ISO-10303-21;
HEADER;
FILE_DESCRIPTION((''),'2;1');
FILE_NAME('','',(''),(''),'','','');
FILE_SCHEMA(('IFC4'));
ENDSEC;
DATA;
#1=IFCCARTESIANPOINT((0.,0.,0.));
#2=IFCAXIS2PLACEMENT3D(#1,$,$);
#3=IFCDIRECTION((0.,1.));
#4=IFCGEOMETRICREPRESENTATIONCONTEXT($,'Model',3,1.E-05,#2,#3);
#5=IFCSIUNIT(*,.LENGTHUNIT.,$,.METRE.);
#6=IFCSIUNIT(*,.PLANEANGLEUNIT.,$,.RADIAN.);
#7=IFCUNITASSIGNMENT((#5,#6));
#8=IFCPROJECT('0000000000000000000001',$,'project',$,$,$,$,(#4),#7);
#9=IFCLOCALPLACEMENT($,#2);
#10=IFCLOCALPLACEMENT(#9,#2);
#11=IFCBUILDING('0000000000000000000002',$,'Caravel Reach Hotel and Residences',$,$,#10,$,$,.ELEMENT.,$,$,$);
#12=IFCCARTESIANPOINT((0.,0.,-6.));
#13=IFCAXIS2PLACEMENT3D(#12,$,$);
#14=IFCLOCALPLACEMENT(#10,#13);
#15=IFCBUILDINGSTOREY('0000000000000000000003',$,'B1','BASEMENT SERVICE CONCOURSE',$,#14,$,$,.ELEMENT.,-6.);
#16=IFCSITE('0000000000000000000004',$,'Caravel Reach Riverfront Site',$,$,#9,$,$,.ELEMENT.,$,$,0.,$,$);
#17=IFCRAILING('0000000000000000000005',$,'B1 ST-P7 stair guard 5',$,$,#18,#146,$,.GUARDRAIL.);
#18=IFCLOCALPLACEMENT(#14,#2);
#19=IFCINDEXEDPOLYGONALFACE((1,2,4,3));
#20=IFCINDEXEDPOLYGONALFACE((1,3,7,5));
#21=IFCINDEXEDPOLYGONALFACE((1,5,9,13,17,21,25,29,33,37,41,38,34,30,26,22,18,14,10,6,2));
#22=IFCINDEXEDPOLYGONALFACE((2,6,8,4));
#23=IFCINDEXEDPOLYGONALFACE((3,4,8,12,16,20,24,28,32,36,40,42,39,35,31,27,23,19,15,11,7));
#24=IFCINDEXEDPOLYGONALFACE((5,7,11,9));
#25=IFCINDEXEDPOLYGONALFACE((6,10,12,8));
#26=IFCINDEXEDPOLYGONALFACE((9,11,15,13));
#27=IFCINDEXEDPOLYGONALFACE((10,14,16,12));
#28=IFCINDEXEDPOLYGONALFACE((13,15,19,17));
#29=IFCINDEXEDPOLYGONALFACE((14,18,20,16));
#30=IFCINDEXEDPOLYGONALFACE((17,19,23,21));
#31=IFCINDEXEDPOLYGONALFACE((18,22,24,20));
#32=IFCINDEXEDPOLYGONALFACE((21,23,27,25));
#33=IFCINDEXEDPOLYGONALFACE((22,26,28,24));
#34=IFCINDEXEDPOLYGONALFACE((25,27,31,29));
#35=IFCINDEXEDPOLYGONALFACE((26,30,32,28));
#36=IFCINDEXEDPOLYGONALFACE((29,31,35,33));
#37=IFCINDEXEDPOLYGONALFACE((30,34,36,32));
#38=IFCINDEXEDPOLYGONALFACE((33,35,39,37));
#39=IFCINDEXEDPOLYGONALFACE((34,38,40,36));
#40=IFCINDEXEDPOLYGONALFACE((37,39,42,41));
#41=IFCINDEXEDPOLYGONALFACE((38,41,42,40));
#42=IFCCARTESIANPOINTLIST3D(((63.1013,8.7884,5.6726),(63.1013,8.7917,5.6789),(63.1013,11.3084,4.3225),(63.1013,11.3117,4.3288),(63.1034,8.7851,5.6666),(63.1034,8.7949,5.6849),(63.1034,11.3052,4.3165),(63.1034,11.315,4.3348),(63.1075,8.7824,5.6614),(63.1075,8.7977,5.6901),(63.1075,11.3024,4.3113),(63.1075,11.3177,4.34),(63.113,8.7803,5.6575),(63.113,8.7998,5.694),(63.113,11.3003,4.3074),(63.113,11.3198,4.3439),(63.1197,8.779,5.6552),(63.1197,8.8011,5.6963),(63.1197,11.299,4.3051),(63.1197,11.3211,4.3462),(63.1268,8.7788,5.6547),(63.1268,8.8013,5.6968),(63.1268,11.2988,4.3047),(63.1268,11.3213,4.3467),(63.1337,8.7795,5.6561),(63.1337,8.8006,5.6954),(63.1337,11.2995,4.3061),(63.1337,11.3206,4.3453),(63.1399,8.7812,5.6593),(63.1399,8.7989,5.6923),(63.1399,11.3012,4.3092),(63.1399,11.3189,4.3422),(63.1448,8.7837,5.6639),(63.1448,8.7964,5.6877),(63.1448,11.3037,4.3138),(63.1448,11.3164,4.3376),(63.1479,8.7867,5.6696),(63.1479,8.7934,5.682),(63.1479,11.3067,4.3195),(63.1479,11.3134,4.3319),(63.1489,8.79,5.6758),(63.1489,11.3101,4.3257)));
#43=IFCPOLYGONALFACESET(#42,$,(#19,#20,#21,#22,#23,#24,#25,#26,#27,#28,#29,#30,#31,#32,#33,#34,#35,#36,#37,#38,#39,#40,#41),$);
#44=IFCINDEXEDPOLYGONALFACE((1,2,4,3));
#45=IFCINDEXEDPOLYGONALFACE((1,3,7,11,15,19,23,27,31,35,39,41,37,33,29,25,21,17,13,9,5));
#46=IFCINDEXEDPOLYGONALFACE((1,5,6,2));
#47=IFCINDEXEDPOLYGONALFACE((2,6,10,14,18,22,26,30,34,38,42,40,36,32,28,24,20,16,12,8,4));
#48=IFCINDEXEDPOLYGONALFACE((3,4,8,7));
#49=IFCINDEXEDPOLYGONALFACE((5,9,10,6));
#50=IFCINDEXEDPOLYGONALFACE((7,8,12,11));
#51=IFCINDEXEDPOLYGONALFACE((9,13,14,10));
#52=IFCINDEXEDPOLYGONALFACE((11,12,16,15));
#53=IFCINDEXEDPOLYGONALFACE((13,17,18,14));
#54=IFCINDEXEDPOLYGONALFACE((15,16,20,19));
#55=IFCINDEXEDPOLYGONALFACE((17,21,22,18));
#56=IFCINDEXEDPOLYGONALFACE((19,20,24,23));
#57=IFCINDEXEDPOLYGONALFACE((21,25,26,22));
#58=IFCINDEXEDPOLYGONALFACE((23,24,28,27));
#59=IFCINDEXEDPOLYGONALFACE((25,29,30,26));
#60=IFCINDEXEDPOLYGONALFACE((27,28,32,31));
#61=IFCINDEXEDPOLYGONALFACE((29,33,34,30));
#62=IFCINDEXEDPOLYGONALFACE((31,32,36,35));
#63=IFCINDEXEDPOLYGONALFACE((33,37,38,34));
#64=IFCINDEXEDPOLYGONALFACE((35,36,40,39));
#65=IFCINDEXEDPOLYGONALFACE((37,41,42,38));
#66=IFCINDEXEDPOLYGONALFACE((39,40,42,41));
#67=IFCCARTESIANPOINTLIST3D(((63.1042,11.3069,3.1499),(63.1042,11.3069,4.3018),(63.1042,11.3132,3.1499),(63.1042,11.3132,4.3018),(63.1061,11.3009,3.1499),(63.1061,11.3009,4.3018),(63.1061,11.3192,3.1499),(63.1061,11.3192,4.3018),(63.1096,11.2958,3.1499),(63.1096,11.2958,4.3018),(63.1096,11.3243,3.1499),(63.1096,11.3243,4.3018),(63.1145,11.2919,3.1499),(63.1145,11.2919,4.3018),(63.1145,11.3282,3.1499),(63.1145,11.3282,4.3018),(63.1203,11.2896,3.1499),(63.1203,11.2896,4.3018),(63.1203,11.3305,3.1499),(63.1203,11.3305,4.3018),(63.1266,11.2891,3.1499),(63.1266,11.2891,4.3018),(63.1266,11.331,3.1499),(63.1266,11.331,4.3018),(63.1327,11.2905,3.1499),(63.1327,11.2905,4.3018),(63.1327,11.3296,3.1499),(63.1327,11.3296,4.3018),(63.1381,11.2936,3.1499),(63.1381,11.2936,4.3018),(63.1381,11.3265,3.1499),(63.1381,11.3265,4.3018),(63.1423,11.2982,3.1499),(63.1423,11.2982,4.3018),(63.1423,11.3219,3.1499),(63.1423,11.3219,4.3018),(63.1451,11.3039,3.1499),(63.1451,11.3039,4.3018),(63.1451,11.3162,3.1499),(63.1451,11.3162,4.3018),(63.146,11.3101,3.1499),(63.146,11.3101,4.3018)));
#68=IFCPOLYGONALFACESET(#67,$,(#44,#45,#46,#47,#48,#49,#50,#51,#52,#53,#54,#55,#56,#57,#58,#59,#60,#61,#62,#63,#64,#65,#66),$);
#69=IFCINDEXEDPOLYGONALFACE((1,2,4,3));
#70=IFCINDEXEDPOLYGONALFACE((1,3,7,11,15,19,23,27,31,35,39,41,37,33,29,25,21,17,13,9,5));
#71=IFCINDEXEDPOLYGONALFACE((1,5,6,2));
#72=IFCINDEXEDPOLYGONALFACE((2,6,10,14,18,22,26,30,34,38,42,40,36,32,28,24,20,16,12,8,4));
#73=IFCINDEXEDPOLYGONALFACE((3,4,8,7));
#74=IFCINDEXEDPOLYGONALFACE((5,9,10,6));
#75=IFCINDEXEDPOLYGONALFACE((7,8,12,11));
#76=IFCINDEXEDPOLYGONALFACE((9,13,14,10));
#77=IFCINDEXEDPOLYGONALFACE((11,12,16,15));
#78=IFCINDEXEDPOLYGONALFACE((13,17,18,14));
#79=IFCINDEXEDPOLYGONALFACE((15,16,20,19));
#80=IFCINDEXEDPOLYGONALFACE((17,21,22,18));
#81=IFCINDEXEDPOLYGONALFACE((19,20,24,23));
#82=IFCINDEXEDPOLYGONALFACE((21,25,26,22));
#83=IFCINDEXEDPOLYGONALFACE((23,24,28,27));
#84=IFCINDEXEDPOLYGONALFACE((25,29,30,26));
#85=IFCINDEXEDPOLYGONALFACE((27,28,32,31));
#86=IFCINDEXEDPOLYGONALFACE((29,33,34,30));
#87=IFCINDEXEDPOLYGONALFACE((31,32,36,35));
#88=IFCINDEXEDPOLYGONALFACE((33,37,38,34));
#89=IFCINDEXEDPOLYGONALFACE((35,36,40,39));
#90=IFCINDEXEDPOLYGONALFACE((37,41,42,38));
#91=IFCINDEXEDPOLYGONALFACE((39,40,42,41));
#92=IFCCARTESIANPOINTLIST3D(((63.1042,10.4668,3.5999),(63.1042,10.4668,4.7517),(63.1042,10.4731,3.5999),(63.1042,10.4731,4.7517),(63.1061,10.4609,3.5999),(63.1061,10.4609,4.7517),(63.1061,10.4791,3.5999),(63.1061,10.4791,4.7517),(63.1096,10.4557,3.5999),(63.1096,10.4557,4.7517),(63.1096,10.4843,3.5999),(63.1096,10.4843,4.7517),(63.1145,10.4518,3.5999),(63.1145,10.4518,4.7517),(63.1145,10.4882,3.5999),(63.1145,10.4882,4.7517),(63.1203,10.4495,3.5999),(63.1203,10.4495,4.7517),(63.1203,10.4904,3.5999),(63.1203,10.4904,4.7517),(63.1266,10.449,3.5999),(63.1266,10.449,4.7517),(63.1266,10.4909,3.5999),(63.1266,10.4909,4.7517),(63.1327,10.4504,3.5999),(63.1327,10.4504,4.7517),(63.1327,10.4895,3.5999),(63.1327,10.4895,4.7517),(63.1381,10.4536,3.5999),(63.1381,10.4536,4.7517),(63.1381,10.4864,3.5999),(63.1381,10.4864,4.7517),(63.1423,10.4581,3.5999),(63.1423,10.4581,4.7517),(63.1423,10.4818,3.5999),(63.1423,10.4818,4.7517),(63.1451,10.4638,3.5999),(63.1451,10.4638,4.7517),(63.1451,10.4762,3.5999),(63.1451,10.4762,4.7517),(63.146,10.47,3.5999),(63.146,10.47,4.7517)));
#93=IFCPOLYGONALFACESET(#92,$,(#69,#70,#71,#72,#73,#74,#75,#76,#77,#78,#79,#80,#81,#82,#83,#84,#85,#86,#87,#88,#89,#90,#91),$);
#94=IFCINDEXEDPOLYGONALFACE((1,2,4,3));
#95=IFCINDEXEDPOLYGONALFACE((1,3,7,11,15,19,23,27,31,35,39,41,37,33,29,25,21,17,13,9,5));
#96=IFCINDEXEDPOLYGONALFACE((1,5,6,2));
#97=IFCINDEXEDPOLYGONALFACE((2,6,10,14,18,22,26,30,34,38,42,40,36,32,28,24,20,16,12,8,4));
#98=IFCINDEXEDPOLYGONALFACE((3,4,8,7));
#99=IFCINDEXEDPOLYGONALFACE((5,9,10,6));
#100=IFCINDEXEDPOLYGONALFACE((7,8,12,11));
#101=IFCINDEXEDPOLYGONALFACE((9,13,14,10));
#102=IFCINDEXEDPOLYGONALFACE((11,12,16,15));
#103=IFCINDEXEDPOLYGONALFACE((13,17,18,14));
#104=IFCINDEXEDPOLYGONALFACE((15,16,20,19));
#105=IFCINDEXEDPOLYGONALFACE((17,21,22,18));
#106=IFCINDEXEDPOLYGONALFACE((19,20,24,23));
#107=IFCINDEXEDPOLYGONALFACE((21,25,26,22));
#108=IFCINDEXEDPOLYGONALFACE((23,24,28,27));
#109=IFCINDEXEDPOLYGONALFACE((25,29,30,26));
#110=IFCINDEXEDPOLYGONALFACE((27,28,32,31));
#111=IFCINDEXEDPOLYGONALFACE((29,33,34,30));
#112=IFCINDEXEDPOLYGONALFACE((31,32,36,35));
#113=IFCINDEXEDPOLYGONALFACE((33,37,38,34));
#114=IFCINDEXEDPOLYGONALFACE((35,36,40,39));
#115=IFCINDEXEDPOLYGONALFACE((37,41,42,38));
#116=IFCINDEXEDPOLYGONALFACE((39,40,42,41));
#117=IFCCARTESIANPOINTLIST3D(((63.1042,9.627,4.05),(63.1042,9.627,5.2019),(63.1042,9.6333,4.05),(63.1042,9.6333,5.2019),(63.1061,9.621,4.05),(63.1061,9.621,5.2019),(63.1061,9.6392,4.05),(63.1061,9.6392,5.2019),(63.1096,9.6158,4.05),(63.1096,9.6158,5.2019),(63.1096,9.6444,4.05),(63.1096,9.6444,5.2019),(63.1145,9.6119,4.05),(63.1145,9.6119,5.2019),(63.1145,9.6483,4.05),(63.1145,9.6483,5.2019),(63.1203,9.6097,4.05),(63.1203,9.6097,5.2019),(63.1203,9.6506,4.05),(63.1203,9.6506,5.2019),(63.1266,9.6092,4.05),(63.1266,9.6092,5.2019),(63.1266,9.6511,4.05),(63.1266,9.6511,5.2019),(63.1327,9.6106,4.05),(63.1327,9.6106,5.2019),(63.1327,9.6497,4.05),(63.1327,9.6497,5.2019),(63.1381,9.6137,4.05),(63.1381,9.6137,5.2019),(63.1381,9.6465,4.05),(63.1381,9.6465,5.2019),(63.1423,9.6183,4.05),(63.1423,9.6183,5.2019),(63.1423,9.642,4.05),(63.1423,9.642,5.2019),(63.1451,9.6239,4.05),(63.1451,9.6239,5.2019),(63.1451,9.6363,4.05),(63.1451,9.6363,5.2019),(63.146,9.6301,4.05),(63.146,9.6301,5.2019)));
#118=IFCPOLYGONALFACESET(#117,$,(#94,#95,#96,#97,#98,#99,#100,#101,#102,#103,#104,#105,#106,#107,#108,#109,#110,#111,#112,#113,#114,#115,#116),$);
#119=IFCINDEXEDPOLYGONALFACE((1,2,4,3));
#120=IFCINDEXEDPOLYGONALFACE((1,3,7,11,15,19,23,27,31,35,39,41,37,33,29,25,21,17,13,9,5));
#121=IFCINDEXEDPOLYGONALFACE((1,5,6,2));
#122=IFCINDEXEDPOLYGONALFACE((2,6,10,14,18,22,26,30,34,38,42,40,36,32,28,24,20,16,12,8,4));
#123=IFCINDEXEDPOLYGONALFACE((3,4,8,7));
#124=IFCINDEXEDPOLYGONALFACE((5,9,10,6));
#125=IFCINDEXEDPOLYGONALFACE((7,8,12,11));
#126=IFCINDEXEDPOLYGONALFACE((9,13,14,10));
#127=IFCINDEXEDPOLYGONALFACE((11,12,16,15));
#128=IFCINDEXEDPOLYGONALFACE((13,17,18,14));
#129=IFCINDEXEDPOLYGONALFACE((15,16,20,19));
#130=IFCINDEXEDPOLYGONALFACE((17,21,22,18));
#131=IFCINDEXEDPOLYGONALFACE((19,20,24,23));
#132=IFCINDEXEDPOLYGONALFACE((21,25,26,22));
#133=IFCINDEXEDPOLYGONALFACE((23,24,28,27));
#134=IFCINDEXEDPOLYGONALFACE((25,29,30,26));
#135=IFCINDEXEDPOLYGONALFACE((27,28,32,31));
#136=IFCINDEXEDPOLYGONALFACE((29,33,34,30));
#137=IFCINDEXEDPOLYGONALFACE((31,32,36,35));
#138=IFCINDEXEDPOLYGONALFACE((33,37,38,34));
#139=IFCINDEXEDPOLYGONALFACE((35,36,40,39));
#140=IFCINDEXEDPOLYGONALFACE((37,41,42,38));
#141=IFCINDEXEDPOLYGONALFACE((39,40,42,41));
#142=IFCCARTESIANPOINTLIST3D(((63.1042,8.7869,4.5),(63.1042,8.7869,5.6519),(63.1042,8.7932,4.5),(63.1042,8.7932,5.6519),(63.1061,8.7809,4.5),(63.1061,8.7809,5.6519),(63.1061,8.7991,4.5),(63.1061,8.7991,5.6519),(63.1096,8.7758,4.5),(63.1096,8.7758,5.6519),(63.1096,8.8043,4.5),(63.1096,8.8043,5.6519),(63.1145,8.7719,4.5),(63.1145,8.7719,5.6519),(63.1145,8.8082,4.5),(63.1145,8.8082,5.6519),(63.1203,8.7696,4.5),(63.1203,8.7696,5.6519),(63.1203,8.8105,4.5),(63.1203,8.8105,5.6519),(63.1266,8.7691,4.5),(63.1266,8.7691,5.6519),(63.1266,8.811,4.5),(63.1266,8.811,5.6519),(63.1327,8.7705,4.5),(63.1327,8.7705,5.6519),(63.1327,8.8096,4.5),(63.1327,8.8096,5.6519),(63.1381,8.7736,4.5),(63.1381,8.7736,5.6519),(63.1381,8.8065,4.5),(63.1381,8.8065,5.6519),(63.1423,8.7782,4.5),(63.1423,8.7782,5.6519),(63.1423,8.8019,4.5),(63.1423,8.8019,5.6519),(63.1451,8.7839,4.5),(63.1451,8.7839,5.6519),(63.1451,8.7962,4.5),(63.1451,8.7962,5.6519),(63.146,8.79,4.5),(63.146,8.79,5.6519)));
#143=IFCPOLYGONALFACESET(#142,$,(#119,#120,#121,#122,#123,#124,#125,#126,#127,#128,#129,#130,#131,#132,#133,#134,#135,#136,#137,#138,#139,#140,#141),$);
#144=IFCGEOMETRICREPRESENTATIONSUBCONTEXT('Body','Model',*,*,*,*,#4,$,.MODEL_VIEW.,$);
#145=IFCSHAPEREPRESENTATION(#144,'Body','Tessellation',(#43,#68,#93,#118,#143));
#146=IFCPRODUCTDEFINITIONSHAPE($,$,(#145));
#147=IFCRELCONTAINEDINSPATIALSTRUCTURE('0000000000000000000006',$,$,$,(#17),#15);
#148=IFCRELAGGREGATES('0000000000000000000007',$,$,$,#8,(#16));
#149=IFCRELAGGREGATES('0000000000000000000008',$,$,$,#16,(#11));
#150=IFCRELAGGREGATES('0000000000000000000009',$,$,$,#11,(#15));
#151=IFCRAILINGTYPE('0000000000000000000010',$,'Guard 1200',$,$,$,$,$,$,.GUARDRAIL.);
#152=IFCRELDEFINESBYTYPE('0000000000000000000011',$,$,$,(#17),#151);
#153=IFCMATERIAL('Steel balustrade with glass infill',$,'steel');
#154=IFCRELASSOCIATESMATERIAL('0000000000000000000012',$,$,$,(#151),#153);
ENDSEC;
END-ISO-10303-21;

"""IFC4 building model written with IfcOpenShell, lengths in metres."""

from ifc_helpers import new_model, si_unit, direction, frame, origin, origin_2d, place, context, subcontext, project, spatial, circle, extrude, material, type_object, element, save


model = new_model("IFC4")

# Units and contexts
model_context = context("Model", 3, precision=1e-05, world=origin(), true_north=direction((0.0, 1.0)))
body_context = subcontext(model_context, "Body", "Model", "MODEL_VIEW")
ifc_project = project(units=[si_unit("LENGTHUNIT", "METRE"), si_unit("PLANEANGLEUNIT", "RADIAN")], contexts=[model_context])

# Site, building, storey
site_placement = place(None, origin())
site = spatial("IfcSite", under=ifc_project, at=site_placement, Name="Caravel Reach Riverfront Site", CompositionType="ELEMENT", RefElevation=0.0)
building_placement = place(site_placement, origin())
building = spatial("IfcBuilding", under=site, at=building_placement, Name="Caravel Reach Hotel and Residences", CompositionType="ELEMENT")
storey_placement = place(building_placement, frame((0.0, 0.0, -6.0)))
storey = spatial("IfcBuildingStorey", under=building, at=storey_placement, Name="B1", Description="BASEMENT SERVICE CONCOURSE", CompositionType="ELEMENT", Elevation=-6.0)

# Railing
ifc_material_1 = material(Name="Steel balustrade with glass infill", Category="steel")
railing_type_1 = type_object("IfcRailingType", Name="Guard 1200", PredefinedType="GUARDRAIL", material=ifc_material_1)
railing_1_placement = place(storey_placement, frame((63.125, 11.3101, 3.1499)))
element("IfcRailing", 1, at=railing_1_placement, inside=storey, type_object=railing_type_1, Name="B1 ST-P7 stair guard 5", PredefinedType="GUARDRAIL", context=body_context, shape_type="SweptSolid", body=[
    extrude(circle(Radius=0.0239, at=origin_2d()), frame((0.0, 0.0, 1.1758), z_axis=(0.0, -0.881467, 0.472245), x_axis=(1.0, 0.0, 0.0)), (0.0, 0.0, 1.0), 2.8589),
    extrude(circle(Radius=0.021, at=origin_2d()), origin(), (0.0, 0.0, 1.0), 1.1519),
    extrude(circle(Radius=0.021, at=origin_2d()), frame((0.0, -0.8401, 0.45)), (0.0, 0.0, 1.0), 1.1519),
    extrude(circle(Radius=0.021, at=origin_2d()), frame((0.0, -1.6799, 0.9001)), (0.0, 0.0, 1.0), 1.1519),
    extrude(circle(Radius=0.021, at=origin_2d()), frame((0.0, -2.52, 1.3501)), (0.0, 0.0, 1.0), 1.1519),
])

save(model, "model.ifc")
